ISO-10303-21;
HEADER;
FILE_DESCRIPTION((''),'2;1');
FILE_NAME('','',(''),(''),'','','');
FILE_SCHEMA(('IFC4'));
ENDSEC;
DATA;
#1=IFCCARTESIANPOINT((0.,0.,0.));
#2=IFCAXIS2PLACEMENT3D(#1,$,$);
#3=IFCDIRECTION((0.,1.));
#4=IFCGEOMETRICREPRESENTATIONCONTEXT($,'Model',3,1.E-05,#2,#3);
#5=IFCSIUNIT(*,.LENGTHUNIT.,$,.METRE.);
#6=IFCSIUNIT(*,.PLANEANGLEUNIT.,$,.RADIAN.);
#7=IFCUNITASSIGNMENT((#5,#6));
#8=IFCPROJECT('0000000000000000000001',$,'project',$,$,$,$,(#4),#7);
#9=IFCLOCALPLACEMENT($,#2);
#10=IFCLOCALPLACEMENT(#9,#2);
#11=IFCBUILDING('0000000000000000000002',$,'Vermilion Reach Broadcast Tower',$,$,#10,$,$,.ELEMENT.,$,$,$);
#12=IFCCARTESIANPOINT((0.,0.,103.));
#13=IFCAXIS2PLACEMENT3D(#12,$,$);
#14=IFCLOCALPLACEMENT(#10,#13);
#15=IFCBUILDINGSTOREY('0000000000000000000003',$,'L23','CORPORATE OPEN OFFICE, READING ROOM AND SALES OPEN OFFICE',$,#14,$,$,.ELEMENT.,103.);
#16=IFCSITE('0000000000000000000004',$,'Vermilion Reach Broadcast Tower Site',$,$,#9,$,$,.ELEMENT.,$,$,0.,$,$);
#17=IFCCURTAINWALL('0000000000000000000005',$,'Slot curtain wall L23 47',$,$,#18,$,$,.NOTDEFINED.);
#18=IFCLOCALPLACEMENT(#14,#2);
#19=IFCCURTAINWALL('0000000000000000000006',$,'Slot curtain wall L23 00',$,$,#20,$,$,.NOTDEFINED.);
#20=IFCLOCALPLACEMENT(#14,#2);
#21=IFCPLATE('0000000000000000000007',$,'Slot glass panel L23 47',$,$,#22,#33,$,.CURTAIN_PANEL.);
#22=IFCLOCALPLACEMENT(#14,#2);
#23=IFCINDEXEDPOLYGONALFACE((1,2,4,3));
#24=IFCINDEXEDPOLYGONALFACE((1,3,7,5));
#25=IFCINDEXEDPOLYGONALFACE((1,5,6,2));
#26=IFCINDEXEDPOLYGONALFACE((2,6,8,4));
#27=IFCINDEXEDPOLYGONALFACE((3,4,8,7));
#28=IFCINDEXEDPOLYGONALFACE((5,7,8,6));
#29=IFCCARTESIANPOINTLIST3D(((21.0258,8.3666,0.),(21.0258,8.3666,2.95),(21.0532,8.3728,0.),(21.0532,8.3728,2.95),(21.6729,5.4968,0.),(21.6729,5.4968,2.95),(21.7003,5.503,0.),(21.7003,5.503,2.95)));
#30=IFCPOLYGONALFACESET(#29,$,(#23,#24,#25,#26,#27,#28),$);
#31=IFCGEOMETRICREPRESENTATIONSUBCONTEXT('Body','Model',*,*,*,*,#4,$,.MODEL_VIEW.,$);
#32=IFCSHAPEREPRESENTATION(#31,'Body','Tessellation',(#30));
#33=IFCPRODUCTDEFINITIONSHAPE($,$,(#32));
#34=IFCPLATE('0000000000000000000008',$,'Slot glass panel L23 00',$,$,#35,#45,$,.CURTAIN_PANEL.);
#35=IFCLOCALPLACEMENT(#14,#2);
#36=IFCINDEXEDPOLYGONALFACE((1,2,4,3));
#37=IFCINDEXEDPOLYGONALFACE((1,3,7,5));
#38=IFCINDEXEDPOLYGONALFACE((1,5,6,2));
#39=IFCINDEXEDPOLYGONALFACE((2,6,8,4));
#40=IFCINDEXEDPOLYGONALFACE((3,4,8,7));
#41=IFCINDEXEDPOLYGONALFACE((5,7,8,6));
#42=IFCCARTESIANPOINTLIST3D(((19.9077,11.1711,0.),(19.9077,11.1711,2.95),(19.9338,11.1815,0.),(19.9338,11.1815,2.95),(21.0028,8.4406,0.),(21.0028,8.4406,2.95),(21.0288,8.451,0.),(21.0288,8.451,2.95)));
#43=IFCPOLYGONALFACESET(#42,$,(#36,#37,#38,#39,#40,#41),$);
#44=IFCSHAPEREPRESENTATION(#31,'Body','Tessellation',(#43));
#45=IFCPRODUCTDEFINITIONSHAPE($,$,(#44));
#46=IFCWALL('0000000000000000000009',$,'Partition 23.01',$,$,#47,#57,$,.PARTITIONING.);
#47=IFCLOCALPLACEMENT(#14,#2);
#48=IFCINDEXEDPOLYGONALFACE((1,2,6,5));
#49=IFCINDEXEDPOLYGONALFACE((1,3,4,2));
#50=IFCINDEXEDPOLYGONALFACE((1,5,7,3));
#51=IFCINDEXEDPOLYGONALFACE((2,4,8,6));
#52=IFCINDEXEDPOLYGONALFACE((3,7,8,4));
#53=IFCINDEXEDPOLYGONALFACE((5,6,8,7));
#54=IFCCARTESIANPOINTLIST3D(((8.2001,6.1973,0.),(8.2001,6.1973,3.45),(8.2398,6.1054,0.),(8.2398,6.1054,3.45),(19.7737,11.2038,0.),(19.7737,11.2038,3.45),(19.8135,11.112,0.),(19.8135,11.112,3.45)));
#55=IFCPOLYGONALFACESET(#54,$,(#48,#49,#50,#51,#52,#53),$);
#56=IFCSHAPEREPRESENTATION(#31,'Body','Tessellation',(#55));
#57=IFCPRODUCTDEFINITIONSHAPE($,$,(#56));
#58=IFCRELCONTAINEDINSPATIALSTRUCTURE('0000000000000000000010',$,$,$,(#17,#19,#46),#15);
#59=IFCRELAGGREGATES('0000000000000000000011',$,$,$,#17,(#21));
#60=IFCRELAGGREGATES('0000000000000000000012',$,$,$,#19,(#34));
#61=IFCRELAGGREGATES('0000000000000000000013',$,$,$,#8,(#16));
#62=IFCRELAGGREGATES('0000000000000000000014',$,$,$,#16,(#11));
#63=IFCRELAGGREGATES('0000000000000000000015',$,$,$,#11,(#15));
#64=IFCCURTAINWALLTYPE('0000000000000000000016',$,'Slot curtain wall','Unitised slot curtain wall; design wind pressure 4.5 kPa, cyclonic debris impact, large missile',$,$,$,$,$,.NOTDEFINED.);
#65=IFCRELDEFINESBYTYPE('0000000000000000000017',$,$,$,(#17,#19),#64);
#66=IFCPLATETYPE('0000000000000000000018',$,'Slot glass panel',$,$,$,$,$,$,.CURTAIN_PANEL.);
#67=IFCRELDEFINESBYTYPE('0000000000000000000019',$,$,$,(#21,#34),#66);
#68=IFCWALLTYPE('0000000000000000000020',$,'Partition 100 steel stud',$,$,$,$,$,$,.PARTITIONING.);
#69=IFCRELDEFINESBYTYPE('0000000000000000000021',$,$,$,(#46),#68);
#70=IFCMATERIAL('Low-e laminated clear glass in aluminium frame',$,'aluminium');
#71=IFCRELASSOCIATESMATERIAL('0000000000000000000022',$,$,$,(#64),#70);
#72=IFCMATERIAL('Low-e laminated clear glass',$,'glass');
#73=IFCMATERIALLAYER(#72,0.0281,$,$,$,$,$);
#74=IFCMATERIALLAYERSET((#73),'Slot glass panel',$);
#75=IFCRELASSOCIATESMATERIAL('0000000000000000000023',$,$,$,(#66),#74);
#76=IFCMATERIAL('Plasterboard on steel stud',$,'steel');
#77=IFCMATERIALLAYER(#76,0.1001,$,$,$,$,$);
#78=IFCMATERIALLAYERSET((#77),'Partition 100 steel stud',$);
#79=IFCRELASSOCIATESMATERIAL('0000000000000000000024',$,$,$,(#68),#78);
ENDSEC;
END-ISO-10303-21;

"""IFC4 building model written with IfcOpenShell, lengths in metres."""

from ifc_helpers import new_model, si_unit, direction, frame, frame_2d, origin, origin_2d, place, context, subcontext, project, spatial, rectangle, extrude, material, layer, layer_set, type_object, element, aggregate, save


model = new_model("IFC4")

# Units and contexts
model_context = context("Model", 3, precision=1e-05, world=origin(), true_north=direction((0.0, 1.0)))
body_context = subcontext(model_context, "Body", "Model", "MODEL_VIEW")
ifc_project = project(units=[si_unit("LENGTHUNIT", "METRE"), si_unit("PLANEANGLEUNIT", "RADIAN")], contexts=[model_context])

# Site, building, storey
site_placement = place(None, origin())
site = spatial("IfcSite", under=ifc_project, at=site_placement, Name="Vermilion Reach Broadcast Tower Site", CompositionType="ELEMENT", RefElevation=0.0)
building_placement = place(site_placement, origin())
building = spatial("IfcBuilding", under=site, at=building_placement, Name="Vermilion Reach Broadcast Tower", CompositionType="ELEMENT")
storey_placement = place(building_placement, frame((0.0, 0.0, 103.0)))
storey = spatial("IfcBuildingStorey", under=building, at=storey_placement, Name="L23", Description="CORPORATE OPEN OFFICE, READING ROOM AND SALES OPEN OFFICE", CompositionType="ELEMENT", Elevation=103.0)

# Curtain walls
ifc_material_1 = material(Name="Low-e laminated clear glass in aluminium frame", Category="aluminium")
curtain_wall_type = type_object("IfcCurtainWallType", Name="Slot curtain wall", Description="Unitised slot curtain wall; design wind pressure 4.5 kPa, cyclonic debris impact, large missile", PredefinedType="NOTDEFINED", material=ifc_material_1)
placement = place(storey_placement, origin())
curtain_wall_1 = element("IfcCurtainWall", 1, at=placement, inside=storey, type_object=curtain_wall_type, Name="Slot curtain wall L23 47", PredefinedType="NOTDEFINED")
curtain_wall_2 = element("IfcCurtainWall", 2, at=placement, inside=storey, type_object=curtain_wall_type, Name="Slot curtain wall L23 00", PredefinedType="NOTDEFINED")

# Plates
ifc_material_2 = material(Name="Low-e laminated clear glass", Category="glass")
ifc_layer_1 = layer(ifc_material_2, 0.0281)
ifc_layer_set_1 = layer_set([ifc_layer_1], Name="Slot glass panel")
plate_type = type_object("IfcPlateType", Name="Slot glass panel", PredefinedType="CURTAIN_PANEL", material=ifc_layer_set_1)
plate_1_placement = place(storey_placement, frame((21.363, 6.9348, 0.0), z_axis=(0.0, 0.0, 1.0), x_axis=(-0.219961, 0.975509, 0.0)))
plate_1 = element("IfcPlate", 3, at=plate_1_placement, type_object=plate_type, Name="Slot glass panel L23 47", PredefinedType="CURTAIN_PANEL", context=body_context, shape_type="SweptSolid", body=[
    extrude(rectangle(XDim=2.9419, YDim=0.0281, at=origin_2d()), origin(), (0.0, 0.0, 1.0), 2.95),
])
aggregate(curtain_wall_1, [plate_1])
plate_2_placement = place(storey_placement, frame((20.4683, 9.811, 0.0), z_axis=(0.0, 0.0, 1.0), x_axis=(-0.37223, 0.92814, 0.0)))
plate_2 = element("IfcPlate", 4, at=plate_2_placement, type_object=plate_type, Name="Slot glass panel L23 00", PredefinedType="CURTAIN_PANEL", context=body_context, shape_type="SweptSolid", body=[
    extrude(rectangle(XDim=2.9419, YDim=0.0281, at=origin_2d()), origin(), (0.0, 0.0, 1.0), 2.95),
])
aggregate(curtain_wall_2, [plate_2])

# Wall
ifc_material_3 = material(Name="Plasterboard on steel stud", Category="steel")
ifc_layer_2 = layer(ifc_material_3, 0.1001)
ifc_layer_set_2 = layer_set([ifc_layer_2], Name="Partition 100 steel stud")
wall_type = type_object("IfcWallType", Name="Partition 100 steel stud", PredefinedType="PARTITIONING", material=ifc_layer_set_2)
wall_placement = place(storey_placement, frame((19.7937, 11.158, 0.0), z_axis=(0.0, 0.0, 1.0), x_axis=(-0.917807, -0.397027, 0.0)))
element("IfcWall", 5, at=wall_placement, inside=storey, type_object=wall_type, Name="Partition 23.01", PredefinedType="PARTITIONING", context=body_context, shape_type="SweptSolid", body=[
    extrude(rectangle(XDim=12.6101, YDim=0.1001, at=frame_2d((6.3052, 0.0))), origin(), (0.0, 0.0, 1.0), 3.45),
])

save(model, "model.ifc")
